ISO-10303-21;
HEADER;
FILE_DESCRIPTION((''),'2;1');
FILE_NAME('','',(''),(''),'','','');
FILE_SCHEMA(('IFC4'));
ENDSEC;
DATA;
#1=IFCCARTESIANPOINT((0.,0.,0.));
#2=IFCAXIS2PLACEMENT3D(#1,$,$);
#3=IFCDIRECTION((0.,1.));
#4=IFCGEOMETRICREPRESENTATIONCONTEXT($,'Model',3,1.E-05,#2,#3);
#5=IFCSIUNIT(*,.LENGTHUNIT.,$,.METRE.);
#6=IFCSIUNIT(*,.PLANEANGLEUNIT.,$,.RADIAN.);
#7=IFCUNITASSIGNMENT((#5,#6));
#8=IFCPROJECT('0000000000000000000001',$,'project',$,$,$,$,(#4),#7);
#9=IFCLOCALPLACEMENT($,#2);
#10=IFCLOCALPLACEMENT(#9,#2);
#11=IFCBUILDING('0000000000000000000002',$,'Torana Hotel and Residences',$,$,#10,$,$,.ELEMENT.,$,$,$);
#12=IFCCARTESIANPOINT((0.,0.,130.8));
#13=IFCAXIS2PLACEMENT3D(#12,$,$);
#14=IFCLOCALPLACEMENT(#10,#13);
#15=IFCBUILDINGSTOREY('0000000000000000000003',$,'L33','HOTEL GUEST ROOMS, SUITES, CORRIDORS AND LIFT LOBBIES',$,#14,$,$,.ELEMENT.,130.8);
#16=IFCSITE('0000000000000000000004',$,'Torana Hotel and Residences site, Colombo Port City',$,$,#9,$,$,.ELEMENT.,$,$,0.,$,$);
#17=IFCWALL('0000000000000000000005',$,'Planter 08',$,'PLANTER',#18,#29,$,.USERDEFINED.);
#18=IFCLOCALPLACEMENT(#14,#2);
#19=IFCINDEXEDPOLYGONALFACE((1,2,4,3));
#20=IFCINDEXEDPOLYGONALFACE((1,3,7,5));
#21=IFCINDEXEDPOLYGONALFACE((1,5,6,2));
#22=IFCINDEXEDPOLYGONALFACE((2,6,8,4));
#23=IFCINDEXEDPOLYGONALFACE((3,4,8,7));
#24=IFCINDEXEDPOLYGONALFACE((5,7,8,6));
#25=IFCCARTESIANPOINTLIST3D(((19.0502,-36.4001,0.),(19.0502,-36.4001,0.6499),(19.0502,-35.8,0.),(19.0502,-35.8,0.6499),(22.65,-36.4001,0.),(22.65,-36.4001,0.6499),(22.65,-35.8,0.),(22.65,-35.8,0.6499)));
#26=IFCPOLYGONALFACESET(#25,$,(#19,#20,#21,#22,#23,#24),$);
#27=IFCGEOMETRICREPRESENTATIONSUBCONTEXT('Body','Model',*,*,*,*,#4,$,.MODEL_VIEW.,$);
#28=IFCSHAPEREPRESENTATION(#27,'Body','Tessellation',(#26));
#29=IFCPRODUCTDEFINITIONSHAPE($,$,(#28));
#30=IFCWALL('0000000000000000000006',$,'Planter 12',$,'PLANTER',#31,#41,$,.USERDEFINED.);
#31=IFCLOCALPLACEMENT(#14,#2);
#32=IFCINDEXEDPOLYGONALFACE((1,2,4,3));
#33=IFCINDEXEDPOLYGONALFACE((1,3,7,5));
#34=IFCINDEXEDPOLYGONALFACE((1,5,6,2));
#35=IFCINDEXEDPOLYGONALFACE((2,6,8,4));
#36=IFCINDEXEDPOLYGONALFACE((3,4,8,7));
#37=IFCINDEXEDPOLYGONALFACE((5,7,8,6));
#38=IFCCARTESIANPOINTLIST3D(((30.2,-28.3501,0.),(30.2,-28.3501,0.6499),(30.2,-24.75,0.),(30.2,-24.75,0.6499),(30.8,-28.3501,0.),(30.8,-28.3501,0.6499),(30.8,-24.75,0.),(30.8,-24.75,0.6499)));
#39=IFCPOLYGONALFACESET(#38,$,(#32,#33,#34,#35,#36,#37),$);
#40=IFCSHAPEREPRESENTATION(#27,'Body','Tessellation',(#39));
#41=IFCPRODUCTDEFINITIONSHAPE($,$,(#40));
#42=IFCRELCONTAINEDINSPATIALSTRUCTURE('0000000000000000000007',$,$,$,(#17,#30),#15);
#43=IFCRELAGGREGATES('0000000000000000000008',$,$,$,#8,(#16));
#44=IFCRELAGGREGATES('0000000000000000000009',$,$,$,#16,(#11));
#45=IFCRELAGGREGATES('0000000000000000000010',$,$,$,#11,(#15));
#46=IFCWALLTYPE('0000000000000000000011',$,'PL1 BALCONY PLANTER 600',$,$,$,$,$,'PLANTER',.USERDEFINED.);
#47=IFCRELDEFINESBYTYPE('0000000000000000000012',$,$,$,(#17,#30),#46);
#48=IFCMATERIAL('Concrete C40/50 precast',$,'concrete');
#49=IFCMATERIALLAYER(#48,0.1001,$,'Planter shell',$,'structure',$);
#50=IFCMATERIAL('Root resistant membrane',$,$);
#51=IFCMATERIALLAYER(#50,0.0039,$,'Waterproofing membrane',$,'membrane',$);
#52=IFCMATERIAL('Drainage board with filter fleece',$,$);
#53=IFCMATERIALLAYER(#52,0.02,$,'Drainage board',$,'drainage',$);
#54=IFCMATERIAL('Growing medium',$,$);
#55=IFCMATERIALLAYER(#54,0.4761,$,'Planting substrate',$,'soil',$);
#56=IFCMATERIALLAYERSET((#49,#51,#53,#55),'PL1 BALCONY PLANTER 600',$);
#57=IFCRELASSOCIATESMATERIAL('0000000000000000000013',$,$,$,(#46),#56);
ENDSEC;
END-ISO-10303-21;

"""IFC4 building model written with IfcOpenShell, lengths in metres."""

from ifc_helpers import new_model, si_unit, direction, frame, frame_2d, origin, place, context, subcontext, project, spatial, rectangle, extrude, material, layer, layer_set, type_object, element, save


model = new_model("IFC4")

# Units and contexts
model_context = context("Model", 3, precision=1e-05, world=origin(), true_north=direction((0.0, 1.0)))
body_context = subcontext(model_context, "Body", "Model", "MODEL_VIEW")
ifc_project = project(units=[si_unit("LENGTHUNIT", "METRE"), si_unit("PLANEANGLEUNIT", "RADIAN")], contexts=[model_context])

# Site, building, storey
site_placement = place(None, origin())
site = spatial("IfcSite", under=ifc_project, at=site_placement, Name="Torana Hotel and Residences site, Colombo Port City", CompositionType="ELEMENT", RefElevation=0.0)
building_placement = place(site_placement, origin())
building = spatial("IfcBuilding", under=site, at=building_placement, Name="Torana Hotel and Residences", CompositionType="ELEMENT")
storey_placement = place(building_placement, frame((0.0, 0.0, 130.8)))
storey = spatial("IfcBuildingStorey", under=building, at=storey_placement, Name="L33", Description="HOTEL GUEST ROOMS, SUITES, CORRIDORS AND LIFT LOBBIES", CompositionType="ELEMENT", Elevation=130.8)

# Walls
ifc_material_1 = material(Name="Concrete C40/50 precast", Category="concrete")
ifc_layer_1 = layer(ifc_material_1, 0.1001, Name="Planter shell", Category="structure")
ifc_material_2 = material(Name="Root resistant membrane")
ifc_layer_2 = layer(ifc_material_2, 0.0039, Name="Waterproofing membrane", Category="membrane")
ifc_material_3 = material(Name="Drainage board with filter fleece")
ifc_layer_3 = layer(ifc_material_3, 0.02, Name="Drainage board", Category="drainage")
ifc_material_4 = material(Name="Growing medium")
ifc_layer_4 = layer(ifc_material_4, 0.4761, Name="Planting substrate", Category="soil")
ifc_layer_set_1 = layer_set([ifc_layer_1, ifc_layer_2, ifc_layer_3, ifc_layer_4], Name="PL1 BALCONY PLANTER 600")
wall_type_1 = type_object("IfcWallType", Name="PL1 BALCONY PLANTER 600", ElementType="PLANTER", PredefinedType="USERDEFINED", material=ifc_layer_set_1)
wall_1_placement = place(storey_placement, frame((22.6499, -36.1001, 0.0), z_axis=(0.0, 0.0, 1.0), x_axis=(-1.0, 0.0, 0.0)))
element("IfcWall", 1, at=wall_1_placement, inside=storey, type_object=wall_type_1, Name="Planter 08", ObjectType="PLANTER", PredefinedType="USERDEFINED", context=body_context, shape_type="SweptSolid", body=[
    extrude(rectangle(XDim=3.5999, YDim=0.6001, at=frame_2d((1.7998, 0.0))), origin(), (0.0, 0.0, 1.0), 0.6499),
])
wall_2_placement = place(storey_placement, frame((30.5, -24.75, 0.0), z_axis=(0.0, 0.0, 1.0), x_axis=(0.0, -1.0, 0.0)))
element("IfcWall", 2, at=wall_2_placement, inside=storey, type_object=wall_type_1, Name="Planter 12", ObjectType="PLANTER", PredefinedType="USERDEFINED", context=body_context, shape_type="SweptSolid", body=[
    extrude(rectangle(XDim=3.6001, YDim=0.6001, at=frame_2d((1.8, 0.0))), origin(), (0.0, 0.0, 1.0), 0.6499),
])

save(model, "model.ifc")
